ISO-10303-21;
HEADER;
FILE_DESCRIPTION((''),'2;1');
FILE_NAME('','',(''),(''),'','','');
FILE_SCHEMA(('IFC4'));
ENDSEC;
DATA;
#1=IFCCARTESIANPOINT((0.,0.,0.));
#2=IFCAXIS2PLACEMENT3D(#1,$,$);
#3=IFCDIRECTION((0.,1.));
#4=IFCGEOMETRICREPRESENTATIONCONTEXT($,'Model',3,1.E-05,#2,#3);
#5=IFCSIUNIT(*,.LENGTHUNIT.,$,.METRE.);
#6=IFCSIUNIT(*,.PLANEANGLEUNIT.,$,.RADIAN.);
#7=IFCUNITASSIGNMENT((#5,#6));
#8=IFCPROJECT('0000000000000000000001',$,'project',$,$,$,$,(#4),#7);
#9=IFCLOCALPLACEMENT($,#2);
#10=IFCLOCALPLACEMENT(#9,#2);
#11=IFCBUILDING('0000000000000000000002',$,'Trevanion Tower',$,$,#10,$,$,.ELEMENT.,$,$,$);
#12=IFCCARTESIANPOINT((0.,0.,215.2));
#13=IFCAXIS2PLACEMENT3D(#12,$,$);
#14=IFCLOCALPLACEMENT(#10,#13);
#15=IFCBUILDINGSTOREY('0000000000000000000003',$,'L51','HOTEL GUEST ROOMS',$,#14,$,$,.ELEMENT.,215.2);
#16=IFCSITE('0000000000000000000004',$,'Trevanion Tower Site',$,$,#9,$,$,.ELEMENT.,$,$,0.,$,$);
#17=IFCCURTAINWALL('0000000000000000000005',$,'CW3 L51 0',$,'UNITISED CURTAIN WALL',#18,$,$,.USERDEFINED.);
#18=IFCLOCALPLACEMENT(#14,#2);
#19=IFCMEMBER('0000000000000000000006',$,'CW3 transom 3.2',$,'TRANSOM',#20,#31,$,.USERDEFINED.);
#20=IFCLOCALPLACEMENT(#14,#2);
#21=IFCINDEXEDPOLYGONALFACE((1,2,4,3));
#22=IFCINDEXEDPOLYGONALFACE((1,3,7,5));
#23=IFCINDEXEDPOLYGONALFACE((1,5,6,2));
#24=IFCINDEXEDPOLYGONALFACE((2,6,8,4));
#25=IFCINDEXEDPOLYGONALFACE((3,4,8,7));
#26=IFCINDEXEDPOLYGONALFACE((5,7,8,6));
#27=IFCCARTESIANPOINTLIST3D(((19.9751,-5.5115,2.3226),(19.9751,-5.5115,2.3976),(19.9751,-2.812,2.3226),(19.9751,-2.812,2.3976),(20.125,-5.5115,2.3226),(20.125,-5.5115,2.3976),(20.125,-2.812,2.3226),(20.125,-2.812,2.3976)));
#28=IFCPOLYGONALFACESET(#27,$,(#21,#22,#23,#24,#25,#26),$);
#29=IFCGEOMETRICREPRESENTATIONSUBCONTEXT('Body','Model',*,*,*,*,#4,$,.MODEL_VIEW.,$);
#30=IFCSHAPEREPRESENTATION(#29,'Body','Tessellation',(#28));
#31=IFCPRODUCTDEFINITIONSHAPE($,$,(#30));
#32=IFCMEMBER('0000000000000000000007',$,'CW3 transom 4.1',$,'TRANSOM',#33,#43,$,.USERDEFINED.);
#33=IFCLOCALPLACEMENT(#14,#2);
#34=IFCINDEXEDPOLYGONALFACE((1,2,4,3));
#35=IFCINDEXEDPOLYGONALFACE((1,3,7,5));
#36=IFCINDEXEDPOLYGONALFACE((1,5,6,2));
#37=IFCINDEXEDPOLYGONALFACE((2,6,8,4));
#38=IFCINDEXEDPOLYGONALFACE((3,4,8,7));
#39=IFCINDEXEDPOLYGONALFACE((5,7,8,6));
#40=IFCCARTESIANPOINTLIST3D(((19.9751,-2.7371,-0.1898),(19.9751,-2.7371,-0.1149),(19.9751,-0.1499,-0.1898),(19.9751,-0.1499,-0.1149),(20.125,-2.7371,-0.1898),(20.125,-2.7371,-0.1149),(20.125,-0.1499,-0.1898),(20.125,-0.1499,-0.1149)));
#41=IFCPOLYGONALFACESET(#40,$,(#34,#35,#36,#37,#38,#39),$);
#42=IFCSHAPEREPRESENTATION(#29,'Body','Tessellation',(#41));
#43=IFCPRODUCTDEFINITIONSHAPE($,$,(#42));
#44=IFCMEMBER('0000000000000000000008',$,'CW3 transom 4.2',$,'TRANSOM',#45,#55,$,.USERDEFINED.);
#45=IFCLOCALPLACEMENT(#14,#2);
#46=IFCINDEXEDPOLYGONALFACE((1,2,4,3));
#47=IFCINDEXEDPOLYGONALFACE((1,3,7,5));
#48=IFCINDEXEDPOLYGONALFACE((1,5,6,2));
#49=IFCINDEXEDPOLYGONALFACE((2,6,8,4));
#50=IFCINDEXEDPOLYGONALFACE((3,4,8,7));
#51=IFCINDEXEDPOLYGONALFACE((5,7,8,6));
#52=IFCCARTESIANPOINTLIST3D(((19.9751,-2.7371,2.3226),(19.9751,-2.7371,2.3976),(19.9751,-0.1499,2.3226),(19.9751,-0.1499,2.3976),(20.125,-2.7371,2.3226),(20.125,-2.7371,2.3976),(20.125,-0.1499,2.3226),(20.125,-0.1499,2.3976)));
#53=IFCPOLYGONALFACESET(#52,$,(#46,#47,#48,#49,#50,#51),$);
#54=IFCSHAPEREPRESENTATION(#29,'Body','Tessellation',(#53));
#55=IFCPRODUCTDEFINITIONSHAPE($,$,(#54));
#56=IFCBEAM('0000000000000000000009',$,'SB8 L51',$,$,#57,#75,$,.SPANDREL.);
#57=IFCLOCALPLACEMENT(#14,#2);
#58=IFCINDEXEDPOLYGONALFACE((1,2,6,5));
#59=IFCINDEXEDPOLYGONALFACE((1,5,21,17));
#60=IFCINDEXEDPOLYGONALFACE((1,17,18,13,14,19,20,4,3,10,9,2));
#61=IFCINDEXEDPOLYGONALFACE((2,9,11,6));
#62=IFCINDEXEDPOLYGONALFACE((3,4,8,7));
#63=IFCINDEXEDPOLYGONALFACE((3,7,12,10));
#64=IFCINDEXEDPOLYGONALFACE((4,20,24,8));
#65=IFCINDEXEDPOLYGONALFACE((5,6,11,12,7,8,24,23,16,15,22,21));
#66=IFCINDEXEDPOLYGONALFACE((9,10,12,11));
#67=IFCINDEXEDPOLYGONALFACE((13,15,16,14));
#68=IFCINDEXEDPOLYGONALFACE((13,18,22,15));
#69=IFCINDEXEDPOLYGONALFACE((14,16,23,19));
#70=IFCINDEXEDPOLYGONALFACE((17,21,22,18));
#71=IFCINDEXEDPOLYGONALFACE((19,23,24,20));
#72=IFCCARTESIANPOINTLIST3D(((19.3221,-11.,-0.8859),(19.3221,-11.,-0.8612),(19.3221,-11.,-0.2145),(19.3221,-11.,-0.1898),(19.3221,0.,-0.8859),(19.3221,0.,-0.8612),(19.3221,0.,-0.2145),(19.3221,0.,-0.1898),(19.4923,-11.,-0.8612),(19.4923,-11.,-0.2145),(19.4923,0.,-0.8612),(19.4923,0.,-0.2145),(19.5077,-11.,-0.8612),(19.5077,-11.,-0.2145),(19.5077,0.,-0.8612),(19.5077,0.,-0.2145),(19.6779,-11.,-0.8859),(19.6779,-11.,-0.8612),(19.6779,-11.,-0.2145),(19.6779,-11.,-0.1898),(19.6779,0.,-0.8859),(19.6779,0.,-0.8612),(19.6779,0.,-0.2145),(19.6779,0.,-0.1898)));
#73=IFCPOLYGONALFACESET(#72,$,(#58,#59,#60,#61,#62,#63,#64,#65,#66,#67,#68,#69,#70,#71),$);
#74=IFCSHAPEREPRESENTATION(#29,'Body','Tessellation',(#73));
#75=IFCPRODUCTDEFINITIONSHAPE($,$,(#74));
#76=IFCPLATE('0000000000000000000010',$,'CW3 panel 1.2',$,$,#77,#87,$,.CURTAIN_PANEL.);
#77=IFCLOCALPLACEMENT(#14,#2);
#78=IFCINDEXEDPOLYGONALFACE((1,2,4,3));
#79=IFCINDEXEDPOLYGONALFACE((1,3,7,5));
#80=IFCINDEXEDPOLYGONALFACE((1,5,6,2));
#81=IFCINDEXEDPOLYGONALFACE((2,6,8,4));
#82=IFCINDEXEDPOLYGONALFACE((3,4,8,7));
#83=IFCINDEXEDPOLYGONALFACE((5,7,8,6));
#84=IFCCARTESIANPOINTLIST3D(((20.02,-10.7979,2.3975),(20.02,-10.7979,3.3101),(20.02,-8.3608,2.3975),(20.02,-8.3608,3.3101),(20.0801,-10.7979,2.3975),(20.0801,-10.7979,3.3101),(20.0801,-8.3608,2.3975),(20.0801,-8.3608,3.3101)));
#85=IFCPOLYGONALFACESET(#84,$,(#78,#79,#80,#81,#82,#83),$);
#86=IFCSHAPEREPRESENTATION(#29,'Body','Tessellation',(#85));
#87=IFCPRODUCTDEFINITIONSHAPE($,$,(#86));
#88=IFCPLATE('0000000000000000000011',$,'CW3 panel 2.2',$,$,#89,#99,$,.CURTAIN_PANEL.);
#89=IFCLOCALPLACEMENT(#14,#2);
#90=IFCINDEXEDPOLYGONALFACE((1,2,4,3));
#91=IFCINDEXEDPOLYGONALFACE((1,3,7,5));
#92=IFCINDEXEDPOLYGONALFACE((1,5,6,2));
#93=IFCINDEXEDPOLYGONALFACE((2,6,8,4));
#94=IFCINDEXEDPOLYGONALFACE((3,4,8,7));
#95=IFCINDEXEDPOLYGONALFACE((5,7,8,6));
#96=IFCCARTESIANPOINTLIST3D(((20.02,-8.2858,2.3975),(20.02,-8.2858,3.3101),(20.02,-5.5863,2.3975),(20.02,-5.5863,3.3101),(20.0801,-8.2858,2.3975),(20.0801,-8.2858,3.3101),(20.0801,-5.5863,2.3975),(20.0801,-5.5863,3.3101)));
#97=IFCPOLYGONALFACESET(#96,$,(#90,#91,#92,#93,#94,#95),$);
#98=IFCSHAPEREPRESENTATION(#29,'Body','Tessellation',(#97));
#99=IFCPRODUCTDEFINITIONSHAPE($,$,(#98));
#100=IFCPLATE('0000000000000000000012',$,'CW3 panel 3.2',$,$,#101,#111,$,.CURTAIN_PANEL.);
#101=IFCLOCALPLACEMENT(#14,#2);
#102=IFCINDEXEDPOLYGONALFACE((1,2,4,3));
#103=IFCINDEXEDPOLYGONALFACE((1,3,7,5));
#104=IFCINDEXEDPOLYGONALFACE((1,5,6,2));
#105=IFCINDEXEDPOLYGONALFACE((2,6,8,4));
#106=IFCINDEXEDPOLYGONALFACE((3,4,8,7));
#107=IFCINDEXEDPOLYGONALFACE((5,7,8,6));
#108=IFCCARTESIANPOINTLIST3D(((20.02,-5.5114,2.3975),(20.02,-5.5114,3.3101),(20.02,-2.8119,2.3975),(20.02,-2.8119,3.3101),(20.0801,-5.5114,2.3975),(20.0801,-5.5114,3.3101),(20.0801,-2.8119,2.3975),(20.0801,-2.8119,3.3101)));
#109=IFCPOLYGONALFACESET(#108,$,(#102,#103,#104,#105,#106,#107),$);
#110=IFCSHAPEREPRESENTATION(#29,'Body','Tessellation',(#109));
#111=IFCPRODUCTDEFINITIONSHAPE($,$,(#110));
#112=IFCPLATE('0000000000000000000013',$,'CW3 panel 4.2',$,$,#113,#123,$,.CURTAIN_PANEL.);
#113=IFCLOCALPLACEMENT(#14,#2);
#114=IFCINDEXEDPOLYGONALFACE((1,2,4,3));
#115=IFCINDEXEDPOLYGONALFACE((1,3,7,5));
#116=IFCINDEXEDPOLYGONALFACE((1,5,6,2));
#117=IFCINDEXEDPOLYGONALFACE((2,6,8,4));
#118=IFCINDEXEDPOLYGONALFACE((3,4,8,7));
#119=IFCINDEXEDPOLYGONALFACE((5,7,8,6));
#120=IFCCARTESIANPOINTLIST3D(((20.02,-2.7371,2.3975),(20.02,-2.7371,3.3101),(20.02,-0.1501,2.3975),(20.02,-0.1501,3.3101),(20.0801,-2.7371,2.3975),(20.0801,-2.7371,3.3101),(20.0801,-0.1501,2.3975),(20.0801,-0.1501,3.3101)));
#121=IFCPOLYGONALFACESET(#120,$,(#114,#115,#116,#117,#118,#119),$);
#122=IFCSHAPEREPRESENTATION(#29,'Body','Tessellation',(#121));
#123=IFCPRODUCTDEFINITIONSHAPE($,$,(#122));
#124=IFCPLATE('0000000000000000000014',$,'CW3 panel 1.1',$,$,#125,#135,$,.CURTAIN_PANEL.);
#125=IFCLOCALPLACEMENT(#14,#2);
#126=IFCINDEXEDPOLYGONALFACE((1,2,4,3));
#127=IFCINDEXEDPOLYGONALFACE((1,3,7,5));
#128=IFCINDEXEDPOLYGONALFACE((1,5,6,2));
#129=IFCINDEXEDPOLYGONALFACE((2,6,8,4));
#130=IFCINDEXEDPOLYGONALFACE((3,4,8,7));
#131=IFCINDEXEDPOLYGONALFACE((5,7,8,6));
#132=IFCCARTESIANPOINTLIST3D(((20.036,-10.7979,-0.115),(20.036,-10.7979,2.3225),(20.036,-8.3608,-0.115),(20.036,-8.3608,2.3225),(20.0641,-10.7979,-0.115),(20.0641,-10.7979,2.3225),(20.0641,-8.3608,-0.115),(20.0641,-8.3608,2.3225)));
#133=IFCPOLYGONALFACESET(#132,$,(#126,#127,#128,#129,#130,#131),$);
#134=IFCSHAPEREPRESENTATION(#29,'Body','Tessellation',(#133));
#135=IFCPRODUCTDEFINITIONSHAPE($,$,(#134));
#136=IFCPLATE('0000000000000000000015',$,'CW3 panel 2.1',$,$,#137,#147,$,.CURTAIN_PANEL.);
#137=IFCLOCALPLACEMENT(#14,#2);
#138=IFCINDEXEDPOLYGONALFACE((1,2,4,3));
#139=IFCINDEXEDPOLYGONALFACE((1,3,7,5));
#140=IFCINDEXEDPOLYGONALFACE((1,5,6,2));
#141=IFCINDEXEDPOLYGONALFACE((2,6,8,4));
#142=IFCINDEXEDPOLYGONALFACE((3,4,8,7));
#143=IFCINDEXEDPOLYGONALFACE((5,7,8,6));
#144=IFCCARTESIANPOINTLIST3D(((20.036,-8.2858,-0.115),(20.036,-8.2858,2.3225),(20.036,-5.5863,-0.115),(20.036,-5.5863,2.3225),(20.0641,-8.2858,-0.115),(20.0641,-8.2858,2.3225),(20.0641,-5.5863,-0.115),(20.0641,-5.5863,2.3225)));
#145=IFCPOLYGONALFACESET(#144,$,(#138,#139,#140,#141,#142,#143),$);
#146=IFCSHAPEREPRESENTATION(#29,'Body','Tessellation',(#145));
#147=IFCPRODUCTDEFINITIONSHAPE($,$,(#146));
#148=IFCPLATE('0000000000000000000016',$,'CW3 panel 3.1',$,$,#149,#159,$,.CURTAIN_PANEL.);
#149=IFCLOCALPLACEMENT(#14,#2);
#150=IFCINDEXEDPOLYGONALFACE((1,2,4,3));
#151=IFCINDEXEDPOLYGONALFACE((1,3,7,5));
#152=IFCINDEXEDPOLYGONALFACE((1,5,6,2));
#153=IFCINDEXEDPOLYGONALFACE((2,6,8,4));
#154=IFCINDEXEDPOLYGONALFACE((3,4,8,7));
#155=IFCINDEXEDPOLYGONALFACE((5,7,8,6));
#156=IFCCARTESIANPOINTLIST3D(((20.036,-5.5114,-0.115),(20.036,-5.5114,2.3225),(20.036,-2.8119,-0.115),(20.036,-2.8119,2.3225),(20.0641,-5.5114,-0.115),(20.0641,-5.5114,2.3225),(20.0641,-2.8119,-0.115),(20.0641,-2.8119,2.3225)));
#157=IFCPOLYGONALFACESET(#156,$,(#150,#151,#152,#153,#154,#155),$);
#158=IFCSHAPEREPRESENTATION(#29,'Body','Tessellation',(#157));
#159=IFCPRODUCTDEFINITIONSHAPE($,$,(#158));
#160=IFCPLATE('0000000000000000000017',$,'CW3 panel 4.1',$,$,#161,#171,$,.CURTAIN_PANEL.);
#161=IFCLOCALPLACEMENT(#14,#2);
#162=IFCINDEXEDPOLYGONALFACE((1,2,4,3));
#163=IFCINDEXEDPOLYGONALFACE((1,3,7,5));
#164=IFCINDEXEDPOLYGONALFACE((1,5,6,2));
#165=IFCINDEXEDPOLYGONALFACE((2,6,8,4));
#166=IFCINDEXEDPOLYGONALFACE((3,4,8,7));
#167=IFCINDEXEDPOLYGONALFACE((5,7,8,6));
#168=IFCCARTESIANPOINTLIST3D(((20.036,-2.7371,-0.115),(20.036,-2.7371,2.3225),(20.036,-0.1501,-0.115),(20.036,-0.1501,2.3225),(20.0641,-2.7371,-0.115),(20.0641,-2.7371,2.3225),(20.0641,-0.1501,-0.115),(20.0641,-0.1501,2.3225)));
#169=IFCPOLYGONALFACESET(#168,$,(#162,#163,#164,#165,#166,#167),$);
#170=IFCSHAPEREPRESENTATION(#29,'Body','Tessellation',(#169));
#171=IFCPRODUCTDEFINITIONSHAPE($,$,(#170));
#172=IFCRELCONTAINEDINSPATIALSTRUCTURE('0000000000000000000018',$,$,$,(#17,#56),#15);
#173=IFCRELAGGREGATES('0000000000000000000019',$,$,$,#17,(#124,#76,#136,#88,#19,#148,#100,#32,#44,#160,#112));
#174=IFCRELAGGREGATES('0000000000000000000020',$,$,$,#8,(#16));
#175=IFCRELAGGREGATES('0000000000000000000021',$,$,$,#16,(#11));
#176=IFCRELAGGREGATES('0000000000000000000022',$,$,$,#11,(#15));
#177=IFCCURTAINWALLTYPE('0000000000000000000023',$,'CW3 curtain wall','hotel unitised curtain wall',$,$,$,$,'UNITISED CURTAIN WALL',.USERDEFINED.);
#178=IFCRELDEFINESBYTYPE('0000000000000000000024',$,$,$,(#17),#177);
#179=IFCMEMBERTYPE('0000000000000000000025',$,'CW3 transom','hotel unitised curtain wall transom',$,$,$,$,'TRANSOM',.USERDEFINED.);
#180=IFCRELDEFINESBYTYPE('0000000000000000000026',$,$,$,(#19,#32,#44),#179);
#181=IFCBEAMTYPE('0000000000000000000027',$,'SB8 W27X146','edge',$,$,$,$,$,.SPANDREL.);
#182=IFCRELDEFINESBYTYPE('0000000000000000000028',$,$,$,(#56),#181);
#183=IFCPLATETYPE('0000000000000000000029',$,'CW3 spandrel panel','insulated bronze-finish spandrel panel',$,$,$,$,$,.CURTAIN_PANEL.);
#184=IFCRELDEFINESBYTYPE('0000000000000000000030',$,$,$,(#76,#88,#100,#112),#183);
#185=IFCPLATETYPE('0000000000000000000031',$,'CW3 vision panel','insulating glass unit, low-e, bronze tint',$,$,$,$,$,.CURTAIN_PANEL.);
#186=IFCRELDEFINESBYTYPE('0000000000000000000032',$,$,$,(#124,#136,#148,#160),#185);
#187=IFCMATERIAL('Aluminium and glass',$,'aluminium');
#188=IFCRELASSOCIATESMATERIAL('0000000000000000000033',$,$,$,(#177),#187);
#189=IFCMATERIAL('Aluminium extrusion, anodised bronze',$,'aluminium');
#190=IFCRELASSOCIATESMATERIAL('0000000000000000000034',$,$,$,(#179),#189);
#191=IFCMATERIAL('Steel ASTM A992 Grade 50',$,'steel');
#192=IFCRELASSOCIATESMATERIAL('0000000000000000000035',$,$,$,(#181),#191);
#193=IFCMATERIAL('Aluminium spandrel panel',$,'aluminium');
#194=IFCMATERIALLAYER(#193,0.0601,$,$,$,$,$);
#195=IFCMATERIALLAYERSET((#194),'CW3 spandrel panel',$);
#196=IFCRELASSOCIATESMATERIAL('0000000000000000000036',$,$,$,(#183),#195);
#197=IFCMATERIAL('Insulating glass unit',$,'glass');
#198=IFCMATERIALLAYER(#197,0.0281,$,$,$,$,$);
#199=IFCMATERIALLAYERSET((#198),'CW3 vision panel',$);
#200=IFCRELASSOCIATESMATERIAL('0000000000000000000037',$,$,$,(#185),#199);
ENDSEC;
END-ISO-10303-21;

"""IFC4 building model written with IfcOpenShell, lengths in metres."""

from ifc_helpers import new_model, si_unit, direction, frame, origin, origin_2d, place, context, subcontext, project, spatial, rectangle, i_section, extrude, material, layer, layer_set, material_profile, profile_set, type_object, element, aggregate, save


model = new_model("IFC4")

# Units and contexts
model_context = context("Model", 3, precision=1e-05, world=origin(), true_north=direction((0.0, 1.0)))
body_context = subcontext(model_context, "Body", "Model", "MODEL_VIEW")
ifc_project = project(units=[si_unit("LENGTHUNIT", "METRE"), si_unit("PLANEANGLEUNIT", "RADIAN")], contexts=[model_context])

# Site, building, storey
site_placement = place(None, origin())
site = spatial("IfcSite", under=ifc_project, at=site_placement, Name="Trevanion Tower Site", CompositionType="ELEMENT", RefElevation=0.0)
building_placement = place(site_placement, origin())
building = spatial("IfcBuilding", under=site, at=building_placement, Name="Trevanion Tower", CompositionType="ELEMENT")
storey_placement = place(building_placement, frame((0.0, 0.0, 215.2)))
storey = spatial("IfcBuildingStorey", under=building, at=storey_placement, Name="L51", Description="HOTEL GUEST ROOMS", CompositionType="ELEMENT", Elevation=215.2)

# Curtain wall, members
ifc_material_1 = material(Name="Aluminium and glass", Category="aluminium")
curtain_wall_type = type_object("IfcCurtainWallType", Name="CW3 curtain wall", Description="hotel unitised curtain wall", ElementType="UNITISED CURTAIN WALL", PredefinedType="USERDEFINED", material=ifc_material_1)
curtain_wall_placement = place(storey_placement, origin())
curtain_wall = element("IfcCurtainWall", 1, at=curtain_wall_placement, inside=storey, type_object=curtain_wall_type, Name="CW3 L51 0", ObjectType="UNITISED CURTAIN WALL", PredefinedType="USERDEFINED")
ifc_material_2 = material(Name="Aluminium extrusion, anodised bronze", Category="aluminium")
ifc_material_profile_1 = material_profile(ifc_material_2, rectangle(XDim=0.1499, YDim=0.075, at=origin_2d()), Name="CW3 transom")
ifc_profile_set_1 = profile_set([ifc_material_profile_1], Name="Aluminium extrusion, anodised bronze")
member_type_1 = type_object("IfcMemberType", Name="CW3 transom", Description="hotel unitised curtain wall transom", ElementType="TRANSOM", PredefinedType="USERDEFINED", material=ifc_profile_set_1)
member_1_placement = place(storey_placement, frame((20.05, -5.5115, 2.3601), z_axis=(0.0, 1.0, 0.0), x_axis=(-1.0, 0.0, 0.0)))
member_1 = element("IfcMember", 2, at=member_1_placement, type_object=member_type_1, Name="CW3 transom 3.2", ObjectType="TRANSOM", PredefinedType="USERDEFINED", context=body_context, shape_type="SweptSolid", body=[
    extrude(rectangle(XDim=0.1499, YDim=0.075, at=origin_2d()), origin(), (0.0, 0.0, 1.0), 2.6995),
])
member_2_placement = place(storey_placement, frame((20.05, -2.7371, -0.1523), z_axis=(0.0, 1.0, 0.0), x_axis=(-1.0, 0.0, 0.0)))
member_2 = element("IfcMember", 3, at=member_2_placement, type_object=member_type_1, Name="CW3 transom 4.1", ObjectType="TRANSOM", PredefinedType="USERDEFINED", context=body_context, shape_type="SweptSolid", body=[
    extrude(rectangle(XDim=0.1499, YDim=0.075, at=origin_2d()), origin(), (0.0, 0.0, 1.0), 2.5872),
])
member_3_placement = place(storey_placement, frame((20.05, -2.7371, 2.3601), z_axis=(0.0, 1.0, 0.0), x_axis=(-1.0, 0.0, 0.0)))
member_3 = element("IfcMember", 4, at=member_3_placement, type_object=member_type_1, Name="CW3 transom 4.2", ObjectType="TRANSOM", PredefinedType="USERDEFINED", context=body_context, shape_type="SweptSolid", body=[
    extrude(rectangle(XDim=0.1499, YDim=0.075, at=origin_2d()), origin(), (0.0, 0.0, 1.0), 2.5872),
])

# Beam
ifc_material_3 = material(Name="Steel ASTM A992 Grade 50", Category="steel")
ifc_material_profile_2 = material_profile(ifc_material_3, i_section(OverallWidth=0.3557, OverallDepth=0.696, WebThickness=0.0154, FlangeThickness=0.0247, at=origin_2d()), Name="W27X146")
ifc_profile_set_2 = profile_set([ifc_material_profile_2], Name="Steel ASTM A992 Grade 50")
beam_type_1 = type_object("IfcBeamType", Name="SB8 W27X146", Description="edge", PredefinedType="SPANDREL", material=ifc_profile_set_2)
beam_placement = place(storey_placement, frame((19.5, -11.0, -0.5378), z_axis=(0.0, 1.0, 0.0), x_axis=(-1.0, 0.0, 0.0)))
element("IfcBeam", 5, at=beam_placement, inside=storey, type_object=beam_type_1, Name="SB8 L51", PredefinedType="SPANDREL", context=body_context, shape_type="SweptSolid", body=[
    extrude(i_section(OverallWidth=0.3557, OverallDepth=0.696, WebThickness=0.0154, FlangeThickness=0.0247, at=origin_2d()), origin(), (0.0, 0.0, 1.0), 11.0),
])

# Plates
ifc_material_4 = material(Name="Aluminium spandrel panel", Category="aluminium")
ifc_layer_1 = layer(ifc_material_4, 0.0601)
ifc_layer_set_1 = layer_set([ifc_layer_1], Name="CW3 spandrel panel")
plate_type_1 = type_object("IfcPlateType", Name="CW3 spandrel panel", Description="insulated bronze-finish spandrel panel", PredefinedType="CURTAIN_PANEL", material=ifc_layer_set_1)
plate_1_placement = place(storey_placement, frame((20.05, -9.5793, 2.3975), z_axis=(0.0, 0.0, 1.0), x_axis=(0.0, 1.0, 0.0)))
plate_1 = element("IfcPlate", 6, at=plate_1_placement, type_object=plate_type_1, Name="CW3 panel 1.2", PredefinedType="CURTAIN_PANEL", context=body_context, shape_type="SweptSolid", body=[
    extrude(rectangle(XDim=2.437, YDim=0.0601, at=origin_2d()), origin(), (0.0, 0.0, 1.0), 0.9126),
])
plate_2_placement = place(storey_placement, frame((20.05, -6.936, 2.3975), z_axis=(0.0, 0.0, 1.0), x_axis=(0.0, 1.0, 0.0)))
plate_2 = element("IfcPlate", 7, at=plate_2_placement, type_object=plate_type_1, Name="CW3 panel 2.2", PredefinedType="CURTAIN_PANEL", context=body_context, shape_type="SweptSolid", body=[
    extrude(rectangle(XDim=2.6995, YDim=0.0601, at=origin_2d()), origin(), (0.0, 0.0, 1.0), 0.9126),
])
plate_3_placement = place(storey_placement, frame((20.05, -4.1616, 2.3975), z_axis=(0.0, 0.0, 1.0), x_axis=(0.0, 1.0, 0.0)))
plate_3 = element("IfcPlate", 8, at=plate_3_placement, type_object=plate_type_1, Name="CW3 panel 3.2", PredefinedType="CURTAIN_PANEL", context=body_context, shape_type="SweptSolid", body=[
    extrude(rectangle(XDim=2.6995, YDim=0.0601, at=origin_2d()), origin(), (0.0, 0.0, 1.0), 0.9126),
])
plate_4_placement = place(storey_placement, frame((20.05, -1.4436, 2.3975), z_axis=(0.0, 0.0, 1.0), x_axis=(0.0, 1.0, 0.0)))
plate_4 = element("IfcPlate", 9, at=plate_4_placement, type_object=plate_type_1, Name="CW3 panel 4.2", PredefinedType="CURTAIN_PANEL", context=body_context, shape_type="SweptSolid", body=[
    extrude(rectangle(XDim=2.5869, YDim=0.0601, at=origin_2d()), origin(), (0.0, 0.0, 1.0), 0.9126),
])
ifc_material_5 = material(Name="Insulating glass unit", Category="glass")
ifc_layer_2 = layer(ifc_material_5, 0.0281)
ifc_layer_set_2 = layer_set([ifc_layer_2], Name="CW3 vision panel")
plate_type_2 = type_object("IfcPlateType", Name="CW3 vision panel", Description="insulating glass unit, low-e, bronze tint", PredefinedType="CURTAIN_PANEL", material=ifc_layer_set_2)
plate_5_placement = place(storey_placement, frame((20.05, -9.5793, -0.115), z_axis=(0.0, 0.0, 1.0), x_axis=(0.0, 1.0, 0.0)))
plate_5 = element("IfcPlate", 10, at=plate_5_placement, type_object=plate_type_2, Name="CW3 panel 1.1", PredefinedType="CURTAIN_PANEL", context=body_context, shape_type="SweptSolid", body=[
    extrude(rectangle(XDim=2.437, YDim=0.0281, at=origin_2d()), origin(), (0.0, 0.0, 1.0), 2.4375),
])
plate_6_placement = place(storey_placement, frame((20.05, -6.936, -0.115), z_axis=(0.0, 0.0, 1.0), x_axis=(0.0, 1.0, 0.0)))
plate_6 = element("IfcPlate", 11, at=plate_6_placement, type_object=plate_type_2, Name="CW3 panel 2.1", PredefinedType="CURTAIN_PANEL", context=body_context, shape_type="SweptSolid", body=[
    extrude(rectangle(XDim=2.6995, YDim=0.0281, at=origin_2d()), origin(), (0.0, 0.0, 1.0), 2.4375),
])
plate_7_placement = place(storey_placement, frame((20.05, -4.1616, -0.115), z_axis=(0.0, 0.0, 1.0), x_axis=(0.0, 1.0, 0.0)))
plate_7 = element("IfcPlate", 12, at=plate_7_placement, type_object=plate_type_2, Name="CW3 panel 3.1", PredefinedType="CURTAIN_PANEL", context=body_context, shape_type="SweptSolid", body=[
    extrude(rectangle(XDim=2.6995, YDim=0.0281, at=origin_2d()), origin(), (0.0, 0.0, 1.0), 2.4375),
])
plate_8_placement = place(storey_placement, frame((20.05, -1.4436, -0.115), z_axis=(0.0, 0.0, 1.0), x_axis=(0.0, 1.0, 0.0)))
plate_8 = element("IfcPlate", 13, at=plate_8_placement, type_object=plate_type_2, Name="CW3 panel 4.1", PredefinedType="CURTAIN_PANEL", context=body_context, shape_type="SweptSolid", body=[
    extrude(rectangle(XDim=2.5869, YDim=0.0281, at=origin_2d()), origin(), (0.0, 0.0, 1.0), 2.4375),
])
aggregate(curtain_wall, [plate_5, plate_1, plate_6, plate_2, member_1, plate_7, plate_3, member_2, member_3, plate_8, plate_4])

save(model, "model.ifc")
